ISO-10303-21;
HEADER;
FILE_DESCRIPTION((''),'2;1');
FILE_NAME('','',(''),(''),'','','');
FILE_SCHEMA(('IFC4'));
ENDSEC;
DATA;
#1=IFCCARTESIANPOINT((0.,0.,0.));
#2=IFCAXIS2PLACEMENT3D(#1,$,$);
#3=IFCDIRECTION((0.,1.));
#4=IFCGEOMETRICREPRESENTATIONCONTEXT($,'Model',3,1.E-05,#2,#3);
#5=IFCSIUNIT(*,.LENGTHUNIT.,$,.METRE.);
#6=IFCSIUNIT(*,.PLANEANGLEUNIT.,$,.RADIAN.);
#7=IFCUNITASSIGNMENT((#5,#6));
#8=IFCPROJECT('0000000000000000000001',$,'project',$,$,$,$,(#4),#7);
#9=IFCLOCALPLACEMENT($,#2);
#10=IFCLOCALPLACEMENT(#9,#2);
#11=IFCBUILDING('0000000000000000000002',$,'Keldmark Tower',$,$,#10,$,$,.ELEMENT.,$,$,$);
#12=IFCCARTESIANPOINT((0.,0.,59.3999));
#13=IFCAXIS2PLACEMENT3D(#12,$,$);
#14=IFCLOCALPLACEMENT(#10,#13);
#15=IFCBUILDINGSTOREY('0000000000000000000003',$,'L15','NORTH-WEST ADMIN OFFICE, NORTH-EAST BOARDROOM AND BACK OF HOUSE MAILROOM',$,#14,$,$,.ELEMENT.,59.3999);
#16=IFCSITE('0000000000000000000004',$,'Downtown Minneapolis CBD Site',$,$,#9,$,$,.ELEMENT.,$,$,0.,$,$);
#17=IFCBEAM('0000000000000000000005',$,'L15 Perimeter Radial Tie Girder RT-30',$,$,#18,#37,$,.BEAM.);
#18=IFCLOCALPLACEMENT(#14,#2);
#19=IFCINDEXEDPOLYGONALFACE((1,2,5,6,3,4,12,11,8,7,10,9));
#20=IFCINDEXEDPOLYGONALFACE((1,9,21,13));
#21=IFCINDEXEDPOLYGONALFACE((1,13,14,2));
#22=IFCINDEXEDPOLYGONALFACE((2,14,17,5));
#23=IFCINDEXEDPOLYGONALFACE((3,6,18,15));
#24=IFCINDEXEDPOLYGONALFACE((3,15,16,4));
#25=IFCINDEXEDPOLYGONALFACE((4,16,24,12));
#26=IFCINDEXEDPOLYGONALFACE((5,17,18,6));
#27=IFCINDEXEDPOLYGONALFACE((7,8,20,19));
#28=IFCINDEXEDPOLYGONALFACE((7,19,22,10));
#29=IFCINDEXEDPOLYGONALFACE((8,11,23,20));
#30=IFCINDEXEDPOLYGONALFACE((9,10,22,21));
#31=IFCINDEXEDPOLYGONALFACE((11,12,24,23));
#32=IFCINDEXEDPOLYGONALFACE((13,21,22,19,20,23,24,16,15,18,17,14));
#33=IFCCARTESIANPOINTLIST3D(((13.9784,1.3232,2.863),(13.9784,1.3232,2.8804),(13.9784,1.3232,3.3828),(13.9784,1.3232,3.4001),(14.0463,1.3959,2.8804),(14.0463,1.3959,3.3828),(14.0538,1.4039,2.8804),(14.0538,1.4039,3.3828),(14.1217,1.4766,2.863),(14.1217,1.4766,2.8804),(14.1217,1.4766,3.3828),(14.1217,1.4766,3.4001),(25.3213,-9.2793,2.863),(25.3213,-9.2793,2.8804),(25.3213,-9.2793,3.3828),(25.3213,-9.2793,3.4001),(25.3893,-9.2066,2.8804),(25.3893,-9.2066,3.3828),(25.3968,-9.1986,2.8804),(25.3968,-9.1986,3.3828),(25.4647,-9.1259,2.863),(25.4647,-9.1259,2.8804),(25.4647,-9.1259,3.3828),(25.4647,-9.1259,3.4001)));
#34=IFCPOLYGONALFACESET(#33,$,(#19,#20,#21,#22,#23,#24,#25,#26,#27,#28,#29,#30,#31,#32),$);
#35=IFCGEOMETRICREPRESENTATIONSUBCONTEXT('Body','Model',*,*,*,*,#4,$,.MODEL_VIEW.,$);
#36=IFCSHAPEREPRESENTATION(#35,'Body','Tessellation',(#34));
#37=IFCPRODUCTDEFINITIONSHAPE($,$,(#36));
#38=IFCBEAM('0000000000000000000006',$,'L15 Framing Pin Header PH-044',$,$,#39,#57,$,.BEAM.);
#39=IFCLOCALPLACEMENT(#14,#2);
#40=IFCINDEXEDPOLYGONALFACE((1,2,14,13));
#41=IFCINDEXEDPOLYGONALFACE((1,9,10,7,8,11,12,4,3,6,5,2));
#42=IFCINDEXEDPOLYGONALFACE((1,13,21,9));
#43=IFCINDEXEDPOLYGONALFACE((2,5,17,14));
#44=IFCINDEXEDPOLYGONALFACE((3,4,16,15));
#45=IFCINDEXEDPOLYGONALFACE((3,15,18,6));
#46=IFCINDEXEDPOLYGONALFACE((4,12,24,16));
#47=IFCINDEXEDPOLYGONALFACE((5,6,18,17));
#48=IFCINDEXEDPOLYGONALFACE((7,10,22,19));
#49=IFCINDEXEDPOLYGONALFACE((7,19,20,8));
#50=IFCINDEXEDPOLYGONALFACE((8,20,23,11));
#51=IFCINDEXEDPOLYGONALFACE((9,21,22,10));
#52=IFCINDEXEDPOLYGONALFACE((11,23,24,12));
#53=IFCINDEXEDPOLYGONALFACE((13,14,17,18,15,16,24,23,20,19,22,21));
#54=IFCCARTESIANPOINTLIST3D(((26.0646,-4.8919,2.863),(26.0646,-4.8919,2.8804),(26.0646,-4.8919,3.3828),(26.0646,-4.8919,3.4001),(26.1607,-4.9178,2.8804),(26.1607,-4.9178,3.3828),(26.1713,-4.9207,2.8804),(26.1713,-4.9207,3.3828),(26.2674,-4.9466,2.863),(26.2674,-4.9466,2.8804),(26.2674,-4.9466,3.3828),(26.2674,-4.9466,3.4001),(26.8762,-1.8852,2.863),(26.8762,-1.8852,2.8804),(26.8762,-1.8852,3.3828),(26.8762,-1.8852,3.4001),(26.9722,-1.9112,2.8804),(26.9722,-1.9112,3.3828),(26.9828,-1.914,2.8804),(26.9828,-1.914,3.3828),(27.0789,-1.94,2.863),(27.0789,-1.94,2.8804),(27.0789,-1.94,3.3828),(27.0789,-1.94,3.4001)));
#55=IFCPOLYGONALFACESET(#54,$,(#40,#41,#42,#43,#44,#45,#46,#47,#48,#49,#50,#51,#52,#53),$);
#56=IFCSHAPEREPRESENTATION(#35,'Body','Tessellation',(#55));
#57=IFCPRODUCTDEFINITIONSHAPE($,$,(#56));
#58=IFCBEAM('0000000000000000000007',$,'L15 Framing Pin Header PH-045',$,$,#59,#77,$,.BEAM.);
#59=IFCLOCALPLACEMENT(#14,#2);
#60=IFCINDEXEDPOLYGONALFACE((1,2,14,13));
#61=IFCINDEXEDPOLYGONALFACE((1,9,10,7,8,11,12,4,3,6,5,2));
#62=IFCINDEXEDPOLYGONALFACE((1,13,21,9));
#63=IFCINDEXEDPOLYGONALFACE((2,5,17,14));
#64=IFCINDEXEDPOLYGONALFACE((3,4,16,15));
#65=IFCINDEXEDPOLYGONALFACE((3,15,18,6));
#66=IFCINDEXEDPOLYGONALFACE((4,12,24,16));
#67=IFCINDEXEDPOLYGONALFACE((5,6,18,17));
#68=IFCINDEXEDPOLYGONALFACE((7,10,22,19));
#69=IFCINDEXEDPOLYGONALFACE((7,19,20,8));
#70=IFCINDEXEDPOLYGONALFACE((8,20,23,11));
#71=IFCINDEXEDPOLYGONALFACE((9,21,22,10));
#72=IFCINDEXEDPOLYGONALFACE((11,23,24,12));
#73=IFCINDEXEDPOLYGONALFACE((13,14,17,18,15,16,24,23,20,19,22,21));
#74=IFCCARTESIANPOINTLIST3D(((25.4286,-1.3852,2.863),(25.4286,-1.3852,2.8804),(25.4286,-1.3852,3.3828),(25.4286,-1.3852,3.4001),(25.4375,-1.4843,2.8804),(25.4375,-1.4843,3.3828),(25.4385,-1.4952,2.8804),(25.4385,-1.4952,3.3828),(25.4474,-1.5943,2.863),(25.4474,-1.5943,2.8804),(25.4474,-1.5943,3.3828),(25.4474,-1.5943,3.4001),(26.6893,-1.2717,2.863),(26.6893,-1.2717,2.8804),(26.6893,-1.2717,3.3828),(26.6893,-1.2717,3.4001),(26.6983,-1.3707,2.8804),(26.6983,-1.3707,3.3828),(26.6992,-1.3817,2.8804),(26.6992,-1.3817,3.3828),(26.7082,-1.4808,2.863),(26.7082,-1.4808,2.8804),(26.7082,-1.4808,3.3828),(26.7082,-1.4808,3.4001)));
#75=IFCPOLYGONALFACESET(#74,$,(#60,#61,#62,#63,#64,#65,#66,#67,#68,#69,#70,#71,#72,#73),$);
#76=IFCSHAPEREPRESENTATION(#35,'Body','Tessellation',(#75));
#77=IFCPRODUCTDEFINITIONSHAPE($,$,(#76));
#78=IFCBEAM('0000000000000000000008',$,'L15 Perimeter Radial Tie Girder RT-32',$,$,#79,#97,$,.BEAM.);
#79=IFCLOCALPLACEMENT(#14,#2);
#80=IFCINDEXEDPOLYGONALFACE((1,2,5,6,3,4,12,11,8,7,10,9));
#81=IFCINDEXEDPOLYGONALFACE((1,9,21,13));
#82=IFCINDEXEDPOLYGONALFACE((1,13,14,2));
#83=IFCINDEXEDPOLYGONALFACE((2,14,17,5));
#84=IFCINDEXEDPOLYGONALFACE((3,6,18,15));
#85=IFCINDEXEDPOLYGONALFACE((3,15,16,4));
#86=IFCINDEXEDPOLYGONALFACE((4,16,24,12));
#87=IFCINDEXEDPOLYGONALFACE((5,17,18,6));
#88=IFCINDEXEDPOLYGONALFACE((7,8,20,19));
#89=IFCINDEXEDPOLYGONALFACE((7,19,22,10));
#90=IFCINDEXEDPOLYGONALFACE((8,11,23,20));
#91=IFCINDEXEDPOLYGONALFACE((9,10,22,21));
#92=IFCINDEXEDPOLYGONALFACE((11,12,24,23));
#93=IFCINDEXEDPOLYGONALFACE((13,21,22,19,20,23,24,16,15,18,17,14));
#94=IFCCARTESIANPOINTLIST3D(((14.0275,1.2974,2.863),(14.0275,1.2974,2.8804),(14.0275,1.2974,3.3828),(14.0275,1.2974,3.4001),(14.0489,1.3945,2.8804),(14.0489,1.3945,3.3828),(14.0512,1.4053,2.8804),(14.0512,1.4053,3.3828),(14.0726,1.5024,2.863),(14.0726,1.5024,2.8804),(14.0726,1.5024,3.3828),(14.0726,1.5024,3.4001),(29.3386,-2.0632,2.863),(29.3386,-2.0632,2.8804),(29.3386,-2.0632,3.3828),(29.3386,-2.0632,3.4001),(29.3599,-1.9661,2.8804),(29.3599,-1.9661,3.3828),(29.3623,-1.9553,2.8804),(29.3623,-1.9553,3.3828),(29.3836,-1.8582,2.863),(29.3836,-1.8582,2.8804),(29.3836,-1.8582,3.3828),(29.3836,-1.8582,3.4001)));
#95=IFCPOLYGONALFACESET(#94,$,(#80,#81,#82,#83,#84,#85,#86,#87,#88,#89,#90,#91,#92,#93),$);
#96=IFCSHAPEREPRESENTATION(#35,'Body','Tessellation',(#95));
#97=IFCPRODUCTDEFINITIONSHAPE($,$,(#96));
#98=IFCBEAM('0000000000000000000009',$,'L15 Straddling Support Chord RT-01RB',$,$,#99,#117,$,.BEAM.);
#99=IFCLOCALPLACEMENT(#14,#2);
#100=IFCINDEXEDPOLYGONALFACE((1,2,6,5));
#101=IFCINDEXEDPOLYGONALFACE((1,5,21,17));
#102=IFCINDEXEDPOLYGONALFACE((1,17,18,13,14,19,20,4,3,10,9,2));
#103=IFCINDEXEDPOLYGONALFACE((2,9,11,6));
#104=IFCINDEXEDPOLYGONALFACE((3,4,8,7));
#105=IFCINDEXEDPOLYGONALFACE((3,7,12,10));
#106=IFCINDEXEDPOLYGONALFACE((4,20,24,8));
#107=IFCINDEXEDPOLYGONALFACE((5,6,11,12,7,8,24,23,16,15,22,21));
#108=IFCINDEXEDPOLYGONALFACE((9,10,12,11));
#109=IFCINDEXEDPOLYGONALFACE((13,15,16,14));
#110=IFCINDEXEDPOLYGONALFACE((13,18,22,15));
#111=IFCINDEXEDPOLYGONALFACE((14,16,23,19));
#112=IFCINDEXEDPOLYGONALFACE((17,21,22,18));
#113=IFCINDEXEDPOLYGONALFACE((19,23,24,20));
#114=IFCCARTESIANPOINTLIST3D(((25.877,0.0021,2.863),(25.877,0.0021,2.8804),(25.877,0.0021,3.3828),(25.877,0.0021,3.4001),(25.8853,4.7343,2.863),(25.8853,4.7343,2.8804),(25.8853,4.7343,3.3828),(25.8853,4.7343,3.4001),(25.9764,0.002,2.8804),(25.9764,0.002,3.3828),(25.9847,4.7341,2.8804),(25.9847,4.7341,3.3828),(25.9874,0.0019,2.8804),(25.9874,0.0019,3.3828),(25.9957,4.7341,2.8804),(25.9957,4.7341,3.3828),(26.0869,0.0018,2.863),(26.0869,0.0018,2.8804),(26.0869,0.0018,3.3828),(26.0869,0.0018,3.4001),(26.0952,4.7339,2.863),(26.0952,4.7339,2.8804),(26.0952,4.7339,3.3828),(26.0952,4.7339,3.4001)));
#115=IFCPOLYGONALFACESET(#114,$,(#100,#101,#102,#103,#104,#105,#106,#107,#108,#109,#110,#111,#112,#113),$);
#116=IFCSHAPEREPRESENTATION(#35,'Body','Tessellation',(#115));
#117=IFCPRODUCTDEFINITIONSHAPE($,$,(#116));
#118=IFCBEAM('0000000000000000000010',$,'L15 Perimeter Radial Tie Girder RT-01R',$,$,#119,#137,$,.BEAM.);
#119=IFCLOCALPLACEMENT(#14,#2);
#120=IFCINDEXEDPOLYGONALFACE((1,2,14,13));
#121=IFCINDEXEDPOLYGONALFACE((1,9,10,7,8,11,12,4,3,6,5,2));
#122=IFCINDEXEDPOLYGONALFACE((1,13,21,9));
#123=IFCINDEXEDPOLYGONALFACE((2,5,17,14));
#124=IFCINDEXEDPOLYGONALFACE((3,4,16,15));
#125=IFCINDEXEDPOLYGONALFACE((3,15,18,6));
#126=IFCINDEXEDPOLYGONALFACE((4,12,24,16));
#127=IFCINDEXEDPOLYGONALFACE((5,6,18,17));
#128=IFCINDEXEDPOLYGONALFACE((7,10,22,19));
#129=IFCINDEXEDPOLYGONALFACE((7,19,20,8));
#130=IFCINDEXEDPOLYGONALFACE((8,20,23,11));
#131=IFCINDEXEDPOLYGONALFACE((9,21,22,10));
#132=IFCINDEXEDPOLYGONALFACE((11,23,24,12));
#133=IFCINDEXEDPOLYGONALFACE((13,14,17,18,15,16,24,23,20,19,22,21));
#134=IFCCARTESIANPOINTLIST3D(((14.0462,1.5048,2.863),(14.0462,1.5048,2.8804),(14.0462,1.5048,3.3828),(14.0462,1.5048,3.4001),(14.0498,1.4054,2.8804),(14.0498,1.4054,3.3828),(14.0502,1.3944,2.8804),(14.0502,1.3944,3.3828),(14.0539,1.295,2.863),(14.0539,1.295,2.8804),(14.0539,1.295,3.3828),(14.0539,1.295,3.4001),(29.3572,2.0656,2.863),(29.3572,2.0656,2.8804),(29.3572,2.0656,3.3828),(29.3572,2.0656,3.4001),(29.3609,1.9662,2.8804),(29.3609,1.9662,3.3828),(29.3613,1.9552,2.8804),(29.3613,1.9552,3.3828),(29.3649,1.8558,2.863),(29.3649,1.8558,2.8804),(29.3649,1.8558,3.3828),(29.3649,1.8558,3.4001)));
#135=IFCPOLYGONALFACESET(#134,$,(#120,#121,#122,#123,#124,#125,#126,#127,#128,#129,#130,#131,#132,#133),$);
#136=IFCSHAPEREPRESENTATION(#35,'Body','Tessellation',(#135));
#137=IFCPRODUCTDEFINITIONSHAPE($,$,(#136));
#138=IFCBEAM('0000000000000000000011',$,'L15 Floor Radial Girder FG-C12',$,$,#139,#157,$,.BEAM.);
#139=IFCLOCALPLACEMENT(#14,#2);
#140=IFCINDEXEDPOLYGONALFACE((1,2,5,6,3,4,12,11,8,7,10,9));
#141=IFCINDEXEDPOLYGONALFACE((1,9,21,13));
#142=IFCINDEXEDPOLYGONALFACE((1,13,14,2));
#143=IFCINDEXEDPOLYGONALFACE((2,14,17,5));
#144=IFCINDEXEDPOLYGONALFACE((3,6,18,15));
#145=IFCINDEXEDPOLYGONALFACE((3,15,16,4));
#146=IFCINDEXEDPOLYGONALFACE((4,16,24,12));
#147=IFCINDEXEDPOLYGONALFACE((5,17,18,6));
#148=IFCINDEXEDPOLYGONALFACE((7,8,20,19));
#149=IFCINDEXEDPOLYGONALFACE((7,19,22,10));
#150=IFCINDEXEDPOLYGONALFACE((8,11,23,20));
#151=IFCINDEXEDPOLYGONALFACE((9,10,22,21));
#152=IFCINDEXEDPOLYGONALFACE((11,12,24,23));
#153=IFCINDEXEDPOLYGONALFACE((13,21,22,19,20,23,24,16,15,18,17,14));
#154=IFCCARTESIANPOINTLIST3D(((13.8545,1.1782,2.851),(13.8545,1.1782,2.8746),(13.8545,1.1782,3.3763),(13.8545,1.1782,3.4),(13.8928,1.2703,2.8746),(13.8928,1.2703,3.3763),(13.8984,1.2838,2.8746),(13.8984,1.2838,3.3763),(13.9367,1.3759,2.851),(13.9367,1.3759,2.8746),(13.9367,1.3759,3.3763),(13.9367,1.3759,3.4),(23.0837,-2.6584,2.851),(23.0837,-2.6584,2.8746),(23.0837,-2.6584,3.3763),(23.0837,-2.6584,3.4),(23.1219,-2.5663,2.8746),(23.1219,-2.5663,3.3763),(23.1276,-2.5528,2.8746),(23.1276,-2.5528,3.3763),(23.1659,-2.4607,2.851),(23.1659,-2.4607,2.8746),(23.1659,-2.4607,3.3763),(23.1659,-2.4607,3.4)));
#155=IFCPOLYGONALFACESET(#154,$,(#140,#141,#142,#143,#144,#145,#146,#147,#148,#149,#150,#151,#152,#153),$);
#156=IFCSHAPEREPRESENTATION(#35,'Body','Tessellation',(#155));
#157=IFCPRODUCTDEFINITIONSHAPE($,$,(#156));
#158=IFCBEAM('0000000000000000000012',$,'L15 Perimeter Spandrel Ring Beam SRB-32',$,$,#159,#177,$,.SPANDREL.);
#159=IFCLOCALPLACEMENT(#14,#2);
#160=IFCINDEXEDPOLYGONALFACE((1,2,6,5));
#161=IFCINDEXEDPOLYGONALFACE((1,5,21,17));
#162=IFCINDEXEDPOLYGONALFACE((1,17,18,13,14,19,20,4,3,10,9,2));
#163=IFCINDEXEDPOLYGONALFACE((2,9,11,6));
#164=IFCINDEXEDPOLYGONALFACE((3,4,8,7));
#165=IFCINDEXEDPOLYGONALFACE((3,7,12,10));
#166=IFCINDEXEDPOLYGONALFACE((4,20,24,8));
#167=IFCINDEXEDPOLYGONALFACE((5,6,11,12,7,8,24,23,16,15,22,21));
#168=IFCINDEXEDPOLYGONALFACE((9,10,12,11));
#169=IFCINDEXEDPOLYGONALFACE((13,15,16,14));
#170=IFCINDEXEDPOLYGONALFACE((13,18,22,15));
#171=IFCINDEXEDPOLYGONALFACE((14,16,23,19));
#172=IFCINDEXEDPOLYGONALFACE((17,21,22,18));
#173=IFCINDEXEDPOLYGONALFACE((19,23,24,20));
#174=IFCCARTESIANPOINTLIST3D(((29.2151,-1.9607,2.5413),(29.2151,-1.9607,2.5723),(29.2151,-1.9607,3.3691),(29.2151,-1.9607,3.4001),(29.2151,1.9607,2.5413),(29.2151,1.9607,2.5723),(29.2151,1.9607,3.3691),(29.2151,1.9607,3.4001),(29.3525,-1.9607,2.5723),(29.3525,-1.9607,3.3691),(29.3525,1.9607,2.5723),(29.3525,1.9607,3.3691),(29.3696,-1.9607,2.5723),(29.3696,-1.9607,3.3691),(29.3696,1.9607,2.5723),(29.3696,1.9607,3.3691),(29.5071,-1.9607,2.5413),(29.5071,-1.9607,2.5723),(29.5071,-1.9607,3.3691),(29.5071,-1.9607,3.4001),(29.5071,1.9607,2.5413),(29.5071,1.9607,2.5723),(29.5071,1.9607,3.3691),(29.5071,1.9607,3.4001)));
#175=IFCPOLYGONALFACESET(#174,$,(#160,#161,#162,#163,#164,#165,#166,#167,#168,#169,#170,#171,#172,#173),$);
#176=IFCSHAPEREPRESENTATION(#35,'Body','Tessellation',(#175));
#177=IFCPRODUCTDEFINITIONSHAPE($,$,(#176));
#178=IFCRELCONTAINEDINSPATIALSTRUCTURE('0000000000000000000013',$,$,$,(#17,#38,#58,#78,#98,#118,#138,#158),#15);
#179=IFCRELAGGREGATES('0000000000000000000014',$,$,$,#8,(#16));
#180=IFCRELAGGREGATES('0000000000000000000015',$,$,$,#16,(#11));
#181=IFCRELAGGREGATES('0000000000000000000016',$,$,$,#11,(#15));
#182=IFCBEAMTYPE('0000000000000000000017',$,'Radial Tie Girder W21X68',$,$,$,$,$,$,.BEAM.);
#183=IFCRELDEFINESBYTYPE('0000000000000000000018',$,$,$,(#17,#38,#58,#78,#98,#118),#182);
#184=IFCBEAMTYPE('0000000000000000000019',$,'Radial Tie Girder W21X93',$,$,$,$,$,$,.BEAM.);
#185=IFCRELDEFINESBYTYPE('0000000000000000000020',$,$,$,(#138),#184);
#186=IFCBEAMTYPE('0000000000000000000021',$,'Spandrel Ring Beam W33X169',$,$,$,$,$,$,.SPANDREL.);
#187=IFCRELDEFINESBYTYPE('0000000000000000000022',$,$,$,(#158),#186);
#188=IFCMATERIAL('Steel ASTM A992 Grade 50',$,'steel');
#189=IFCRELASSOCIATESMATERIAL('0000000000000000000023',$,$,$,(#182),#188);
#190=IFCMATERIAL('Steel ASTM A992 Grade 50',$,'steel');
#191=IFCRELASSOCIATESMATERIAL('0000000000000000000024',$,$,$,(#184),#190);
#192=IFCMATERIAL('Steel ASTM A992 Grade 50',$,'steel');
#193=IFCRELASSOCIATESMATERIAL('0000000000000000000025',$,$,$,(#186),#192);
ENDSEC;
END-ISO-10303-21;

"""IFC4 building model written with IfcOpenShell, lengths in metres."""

from ifc_helpers import new_model, si_unit, direction, frame, origin, origin_2d, place, context, subcontext, project, spatial, i_section, extrude, material, material_profile, profile_set, type_object, element, save


model = new_model("IFC4")

# Units and contexts
model_context = context("Model", 3, precision=1e-05, world=origin(), true_north=direction((0.0, 1.0)))
body_context = subcontext(model_context, "Body", "Model", "MODEL_VIEW")
ifc_project = project(units=[si_unit("LENGTHUNIT", "METRE"), si_unit("PLANEANGLEUNIT", "RADIAN")], contexts=[model_context])

# Site, building, storey
site_placement = place(None, origin())
site = spatial("IfcSite", under=ifc_project, at=site_placement, Name="Downtown Minneapolis CBD Site", CompositionType="ELEMENT", RefElevation=0.0)
building_placement = place(site_placement, origin())
building = spatial("IfcBuilding", under=site, at=building_placement, Name="Keldmark Tower", CompositionType="ELEMENT")
storey_placement = place(building_placement, frame((0.0, 0.0, 59.3999)))
storey = spatial("IfcBuildingStorey", under=building, at=storey_placement, Name="L15", Description="NORTH-WEST ADMIN OFFICE, NORTH-EAST BOARDROOM AND BACK OF HOUSE MAILROOM", CompositionType="ELEMENT", Elevation=59.3999)

# Beams
ifc_material_1 = material(Name="Steel ASTM A992 Grade 50", Category="steel")
ifc_material_profile_1 = material_profile(ifc_material_1, i_section(OverallWidth=0.21, OverallDepth=0.5371, WebThickness=0.011, FlangeThickness=0.0173, at=origin_2d()), Name="W21X68")
ifc_profile_set_1 = profile_set([ifc_material_profile_1], Name="Steel ASTM A992 Grade 50")
beam_type_1 = type_object("IfcBeamType", Name="Radial Tie Girder W21X68", PredefinedType="BEAM", material=ifc_profile_set_1)
beam_1_placement = place(storey_placement, frame((14.05, 1.3999, 3.1316), z_axis=(0.73055, -0.682859, 0.0), x_axis=(0.682859, 0.73055, 0.0)))
element("IfcBeam", 1, at=beam_1_placement, inside=storey, type_object=beam_type_1, Name="L15 Perimeter Radial Tie Girder RT-30", PredefinedType="BEAM", context=body_context, shape_type="SweptSolid", body=[
    extrude(i_section(OverallWidth=0.21, OverallDepth=0.5371, WebThickness=0.011, FlangeThickness=0.0173, at=origin_2d()), origin(), (0.0, 0.0, 1.0), 15.5266),
])
beam_2_placement = place(storey_placement, frame((26.9775, -1.9126, 3.1316), z_axis=(-0.260589, -0.96545, 0.0), x_axis=(0.96545, -0.260589, 0.0)))
element("IfcBeam", 2, at=beam_2_placement, inside=storey, type_object=beam_type_1, Name="L15 Framing Pin Header PH-044", PredefinedType="BEAM", context=body_context, shape_type="SweptSolid", body=[
    extrude(i_section(OverallWidth=0.21, OverallDepth=0.5371, WebThickness=0.011, FlangeThickness=0.0173, at=origin_2d()), origin(), (0.0, 0.0, 1.0), 3.1143),
])
beam_3_placement = place(storey_placement, frame((25.438, -1.4897, 3.1316), z_axis=(0.99597, 0.089684, 0.0), x_axis=(-0.089684, 0.99597, 0.0)))
element("IfcBeam", 3, at=beam_3_placement, inside=storey, type_object=beam_type_1, Name="L15 Framing Pin Header PH-045", PredefinedType="BEAM", context=body_context, shape_type="SweptSolid", body=[
    extrude(i_section(OverallWidth=0.21, OverallDepth=0.5371, WebThickness=0.011, FlangeThickness=0.0173, at=origin_2d()), origin(), (0.0, 0.0, 1.0), 1.2659),
])
beam_4_placement = place(storey_placement, frame((14.05, 1.3999, 3.1316), z_axis=(0.976749, -0.214385, 0.0), x_axis=(0.214385, 0.976749, 0.0)))
element("IfcBeam", 4, at=beam_4_placement, inside=storey, type_object=beam_type_1, Name="L15 Perimeter Radial Tie Girder RT-32", PredefinedType="BEAM", context=body_context, shape_type="SweptSolid", body=[
    extrude(i_section(OverallWidth=0.21, OverallDepth=0.5371, WebThickness=0.011, FlangeThickness=0.0173, at=origin_2d()), origin(), (0.0, 0.0, 1.0), 15.6755),
])
beam_5_placement = place(storey_placement, frame((25.9819, 0.002, 3.1316), z_axis=(0.001754, 0.999998, 0.0), x_axis=(-0.999998, 0.001754, 0.0)))
element("IfcBeam", 5, at=beam_5_placement, inside=storey, type_object=beam_type_1, Name="L15 Straddling Support Chord RT-01RB", PredefinedType="BEAM", context=body_context, shape_type="SweptSolid", body=[
    extrude(i_section(OverallWidth=0.21, OverallDepth=0.5371, WebThickness=0.011, FlangeThickness=0.0173, at=origin_2d()), origin(), (0.0, 0.0, 1.0), 4.7322),
])
beam_6_placement = place(storey_placement, frame((14.05, 1.3999, 3.1316), z_axis=(0.99933, 0.036602, 0.0), x_axis=(-0.036602, 0.99933, 0.0)))
element("IfcBeam", 6, at=beam_6_placement, inside=storey, type_object=beam_type_1, Name="L15 Perimeter Radial Tie Girder RT-01R", PredefinedType="BEAM", context=body_context, shape_type="SweptSolid", body=[
    extrude(i_section(OverallWidth=0.21, OverallDepth=0.5371, WebThickness=0.011, FlangeThickness=0.0173, at=origin_2d()), origin(), (0.0, 0.0, 1.0), 15.3213),
])
ifc_material_2 = material(Name="Steel ASTM A992 Grade 50", Category="steel")
ifc_material_profile_2 = material_profile(ifc_material_2, i_section(OverallWidth=0.2141, OverallDepth=0.5491, WebThickness=0.0146, FlangeThickness=0.0237, at=origin_2d()), Name="W21X93")
ifc_profile_set_2 = profile_set([ifc_material_profile_2], Name="Steel ASTM A992 Grade 50")
beam_type_2 = type_object("IfcBeamType", Name="Radial Tie Girder W21X93", PredefinedType="BEAM", material=ifc_profile_set_2)
beam_7_placement = place(storey_placement, frame((23.1248, -2.5596, 3.1255), z_axis=(-0.923391, 0.383861, 0.0), x_axis=(-0.383861, -0.923391, 0.0)))
element("IfcBeam", 7, at=beam_7_placement, inside=storey, type_object=beam_type_2, Name="L15 Floor Radial Girder FG-C12", PredefinedType="BEAM", context=body_context, shape_type="SweptSolid", body=[
    extrude(i_section(OverallWidth=0.2141, OverallDepth=0.5491, WebThickness=0.0146, FlangeThickness=0.0237, at=origin_2d()), origin(), (0.0, 0.0, 1.0), 9.9949),
])
ifc_material_3 = material(Name="Steel ASTM A992 Grade 50", Category="steel")
ifc_material_profile_3 = material_profile(ifc_material_3, i_section(OverallWidth=0.292, OverallDepth=0.8589, WebThickness=0.0171, FlangeThickness=0.031, at=origin_2d()), Name="W33X169")
ifc_profile_set_3 = profile_set([ifc_material_profile_3], Name="Steel ASTM A992 Grade 50")
beam_type_3 = type_object("IfcBeamType", Name="Spandrel Ring Beam W33X169", PredefinedType="SPANDREL", material=ifc_profile_set_3)
beam_8_placement = place(storey_placement, frame((29.3611, -1.9607, 2.9707), z_axis=(0.0, 1.0, 0.0), x_axis=(-1.0, 0.0, 0.0)))
element("IfcBeam", 8, at=beam_8_placement, inside=storey, type_object=beam_type_3, Name="L15 Perimeter Spandrel Ring Beam SRB-32", PredefinedType="SPANDREL", context=body_context, shape_type="SweptSolid", body=[
    extrude(i_section(OverallWidth=0.292, OverallDepth=0.8589, WebThickness=0.0171, FlangeThickness=0.031, at=origin_2d()), origin(), (0.0, 0.0, 1.0), 3.9214),
])

save(model, "model.ifc")
